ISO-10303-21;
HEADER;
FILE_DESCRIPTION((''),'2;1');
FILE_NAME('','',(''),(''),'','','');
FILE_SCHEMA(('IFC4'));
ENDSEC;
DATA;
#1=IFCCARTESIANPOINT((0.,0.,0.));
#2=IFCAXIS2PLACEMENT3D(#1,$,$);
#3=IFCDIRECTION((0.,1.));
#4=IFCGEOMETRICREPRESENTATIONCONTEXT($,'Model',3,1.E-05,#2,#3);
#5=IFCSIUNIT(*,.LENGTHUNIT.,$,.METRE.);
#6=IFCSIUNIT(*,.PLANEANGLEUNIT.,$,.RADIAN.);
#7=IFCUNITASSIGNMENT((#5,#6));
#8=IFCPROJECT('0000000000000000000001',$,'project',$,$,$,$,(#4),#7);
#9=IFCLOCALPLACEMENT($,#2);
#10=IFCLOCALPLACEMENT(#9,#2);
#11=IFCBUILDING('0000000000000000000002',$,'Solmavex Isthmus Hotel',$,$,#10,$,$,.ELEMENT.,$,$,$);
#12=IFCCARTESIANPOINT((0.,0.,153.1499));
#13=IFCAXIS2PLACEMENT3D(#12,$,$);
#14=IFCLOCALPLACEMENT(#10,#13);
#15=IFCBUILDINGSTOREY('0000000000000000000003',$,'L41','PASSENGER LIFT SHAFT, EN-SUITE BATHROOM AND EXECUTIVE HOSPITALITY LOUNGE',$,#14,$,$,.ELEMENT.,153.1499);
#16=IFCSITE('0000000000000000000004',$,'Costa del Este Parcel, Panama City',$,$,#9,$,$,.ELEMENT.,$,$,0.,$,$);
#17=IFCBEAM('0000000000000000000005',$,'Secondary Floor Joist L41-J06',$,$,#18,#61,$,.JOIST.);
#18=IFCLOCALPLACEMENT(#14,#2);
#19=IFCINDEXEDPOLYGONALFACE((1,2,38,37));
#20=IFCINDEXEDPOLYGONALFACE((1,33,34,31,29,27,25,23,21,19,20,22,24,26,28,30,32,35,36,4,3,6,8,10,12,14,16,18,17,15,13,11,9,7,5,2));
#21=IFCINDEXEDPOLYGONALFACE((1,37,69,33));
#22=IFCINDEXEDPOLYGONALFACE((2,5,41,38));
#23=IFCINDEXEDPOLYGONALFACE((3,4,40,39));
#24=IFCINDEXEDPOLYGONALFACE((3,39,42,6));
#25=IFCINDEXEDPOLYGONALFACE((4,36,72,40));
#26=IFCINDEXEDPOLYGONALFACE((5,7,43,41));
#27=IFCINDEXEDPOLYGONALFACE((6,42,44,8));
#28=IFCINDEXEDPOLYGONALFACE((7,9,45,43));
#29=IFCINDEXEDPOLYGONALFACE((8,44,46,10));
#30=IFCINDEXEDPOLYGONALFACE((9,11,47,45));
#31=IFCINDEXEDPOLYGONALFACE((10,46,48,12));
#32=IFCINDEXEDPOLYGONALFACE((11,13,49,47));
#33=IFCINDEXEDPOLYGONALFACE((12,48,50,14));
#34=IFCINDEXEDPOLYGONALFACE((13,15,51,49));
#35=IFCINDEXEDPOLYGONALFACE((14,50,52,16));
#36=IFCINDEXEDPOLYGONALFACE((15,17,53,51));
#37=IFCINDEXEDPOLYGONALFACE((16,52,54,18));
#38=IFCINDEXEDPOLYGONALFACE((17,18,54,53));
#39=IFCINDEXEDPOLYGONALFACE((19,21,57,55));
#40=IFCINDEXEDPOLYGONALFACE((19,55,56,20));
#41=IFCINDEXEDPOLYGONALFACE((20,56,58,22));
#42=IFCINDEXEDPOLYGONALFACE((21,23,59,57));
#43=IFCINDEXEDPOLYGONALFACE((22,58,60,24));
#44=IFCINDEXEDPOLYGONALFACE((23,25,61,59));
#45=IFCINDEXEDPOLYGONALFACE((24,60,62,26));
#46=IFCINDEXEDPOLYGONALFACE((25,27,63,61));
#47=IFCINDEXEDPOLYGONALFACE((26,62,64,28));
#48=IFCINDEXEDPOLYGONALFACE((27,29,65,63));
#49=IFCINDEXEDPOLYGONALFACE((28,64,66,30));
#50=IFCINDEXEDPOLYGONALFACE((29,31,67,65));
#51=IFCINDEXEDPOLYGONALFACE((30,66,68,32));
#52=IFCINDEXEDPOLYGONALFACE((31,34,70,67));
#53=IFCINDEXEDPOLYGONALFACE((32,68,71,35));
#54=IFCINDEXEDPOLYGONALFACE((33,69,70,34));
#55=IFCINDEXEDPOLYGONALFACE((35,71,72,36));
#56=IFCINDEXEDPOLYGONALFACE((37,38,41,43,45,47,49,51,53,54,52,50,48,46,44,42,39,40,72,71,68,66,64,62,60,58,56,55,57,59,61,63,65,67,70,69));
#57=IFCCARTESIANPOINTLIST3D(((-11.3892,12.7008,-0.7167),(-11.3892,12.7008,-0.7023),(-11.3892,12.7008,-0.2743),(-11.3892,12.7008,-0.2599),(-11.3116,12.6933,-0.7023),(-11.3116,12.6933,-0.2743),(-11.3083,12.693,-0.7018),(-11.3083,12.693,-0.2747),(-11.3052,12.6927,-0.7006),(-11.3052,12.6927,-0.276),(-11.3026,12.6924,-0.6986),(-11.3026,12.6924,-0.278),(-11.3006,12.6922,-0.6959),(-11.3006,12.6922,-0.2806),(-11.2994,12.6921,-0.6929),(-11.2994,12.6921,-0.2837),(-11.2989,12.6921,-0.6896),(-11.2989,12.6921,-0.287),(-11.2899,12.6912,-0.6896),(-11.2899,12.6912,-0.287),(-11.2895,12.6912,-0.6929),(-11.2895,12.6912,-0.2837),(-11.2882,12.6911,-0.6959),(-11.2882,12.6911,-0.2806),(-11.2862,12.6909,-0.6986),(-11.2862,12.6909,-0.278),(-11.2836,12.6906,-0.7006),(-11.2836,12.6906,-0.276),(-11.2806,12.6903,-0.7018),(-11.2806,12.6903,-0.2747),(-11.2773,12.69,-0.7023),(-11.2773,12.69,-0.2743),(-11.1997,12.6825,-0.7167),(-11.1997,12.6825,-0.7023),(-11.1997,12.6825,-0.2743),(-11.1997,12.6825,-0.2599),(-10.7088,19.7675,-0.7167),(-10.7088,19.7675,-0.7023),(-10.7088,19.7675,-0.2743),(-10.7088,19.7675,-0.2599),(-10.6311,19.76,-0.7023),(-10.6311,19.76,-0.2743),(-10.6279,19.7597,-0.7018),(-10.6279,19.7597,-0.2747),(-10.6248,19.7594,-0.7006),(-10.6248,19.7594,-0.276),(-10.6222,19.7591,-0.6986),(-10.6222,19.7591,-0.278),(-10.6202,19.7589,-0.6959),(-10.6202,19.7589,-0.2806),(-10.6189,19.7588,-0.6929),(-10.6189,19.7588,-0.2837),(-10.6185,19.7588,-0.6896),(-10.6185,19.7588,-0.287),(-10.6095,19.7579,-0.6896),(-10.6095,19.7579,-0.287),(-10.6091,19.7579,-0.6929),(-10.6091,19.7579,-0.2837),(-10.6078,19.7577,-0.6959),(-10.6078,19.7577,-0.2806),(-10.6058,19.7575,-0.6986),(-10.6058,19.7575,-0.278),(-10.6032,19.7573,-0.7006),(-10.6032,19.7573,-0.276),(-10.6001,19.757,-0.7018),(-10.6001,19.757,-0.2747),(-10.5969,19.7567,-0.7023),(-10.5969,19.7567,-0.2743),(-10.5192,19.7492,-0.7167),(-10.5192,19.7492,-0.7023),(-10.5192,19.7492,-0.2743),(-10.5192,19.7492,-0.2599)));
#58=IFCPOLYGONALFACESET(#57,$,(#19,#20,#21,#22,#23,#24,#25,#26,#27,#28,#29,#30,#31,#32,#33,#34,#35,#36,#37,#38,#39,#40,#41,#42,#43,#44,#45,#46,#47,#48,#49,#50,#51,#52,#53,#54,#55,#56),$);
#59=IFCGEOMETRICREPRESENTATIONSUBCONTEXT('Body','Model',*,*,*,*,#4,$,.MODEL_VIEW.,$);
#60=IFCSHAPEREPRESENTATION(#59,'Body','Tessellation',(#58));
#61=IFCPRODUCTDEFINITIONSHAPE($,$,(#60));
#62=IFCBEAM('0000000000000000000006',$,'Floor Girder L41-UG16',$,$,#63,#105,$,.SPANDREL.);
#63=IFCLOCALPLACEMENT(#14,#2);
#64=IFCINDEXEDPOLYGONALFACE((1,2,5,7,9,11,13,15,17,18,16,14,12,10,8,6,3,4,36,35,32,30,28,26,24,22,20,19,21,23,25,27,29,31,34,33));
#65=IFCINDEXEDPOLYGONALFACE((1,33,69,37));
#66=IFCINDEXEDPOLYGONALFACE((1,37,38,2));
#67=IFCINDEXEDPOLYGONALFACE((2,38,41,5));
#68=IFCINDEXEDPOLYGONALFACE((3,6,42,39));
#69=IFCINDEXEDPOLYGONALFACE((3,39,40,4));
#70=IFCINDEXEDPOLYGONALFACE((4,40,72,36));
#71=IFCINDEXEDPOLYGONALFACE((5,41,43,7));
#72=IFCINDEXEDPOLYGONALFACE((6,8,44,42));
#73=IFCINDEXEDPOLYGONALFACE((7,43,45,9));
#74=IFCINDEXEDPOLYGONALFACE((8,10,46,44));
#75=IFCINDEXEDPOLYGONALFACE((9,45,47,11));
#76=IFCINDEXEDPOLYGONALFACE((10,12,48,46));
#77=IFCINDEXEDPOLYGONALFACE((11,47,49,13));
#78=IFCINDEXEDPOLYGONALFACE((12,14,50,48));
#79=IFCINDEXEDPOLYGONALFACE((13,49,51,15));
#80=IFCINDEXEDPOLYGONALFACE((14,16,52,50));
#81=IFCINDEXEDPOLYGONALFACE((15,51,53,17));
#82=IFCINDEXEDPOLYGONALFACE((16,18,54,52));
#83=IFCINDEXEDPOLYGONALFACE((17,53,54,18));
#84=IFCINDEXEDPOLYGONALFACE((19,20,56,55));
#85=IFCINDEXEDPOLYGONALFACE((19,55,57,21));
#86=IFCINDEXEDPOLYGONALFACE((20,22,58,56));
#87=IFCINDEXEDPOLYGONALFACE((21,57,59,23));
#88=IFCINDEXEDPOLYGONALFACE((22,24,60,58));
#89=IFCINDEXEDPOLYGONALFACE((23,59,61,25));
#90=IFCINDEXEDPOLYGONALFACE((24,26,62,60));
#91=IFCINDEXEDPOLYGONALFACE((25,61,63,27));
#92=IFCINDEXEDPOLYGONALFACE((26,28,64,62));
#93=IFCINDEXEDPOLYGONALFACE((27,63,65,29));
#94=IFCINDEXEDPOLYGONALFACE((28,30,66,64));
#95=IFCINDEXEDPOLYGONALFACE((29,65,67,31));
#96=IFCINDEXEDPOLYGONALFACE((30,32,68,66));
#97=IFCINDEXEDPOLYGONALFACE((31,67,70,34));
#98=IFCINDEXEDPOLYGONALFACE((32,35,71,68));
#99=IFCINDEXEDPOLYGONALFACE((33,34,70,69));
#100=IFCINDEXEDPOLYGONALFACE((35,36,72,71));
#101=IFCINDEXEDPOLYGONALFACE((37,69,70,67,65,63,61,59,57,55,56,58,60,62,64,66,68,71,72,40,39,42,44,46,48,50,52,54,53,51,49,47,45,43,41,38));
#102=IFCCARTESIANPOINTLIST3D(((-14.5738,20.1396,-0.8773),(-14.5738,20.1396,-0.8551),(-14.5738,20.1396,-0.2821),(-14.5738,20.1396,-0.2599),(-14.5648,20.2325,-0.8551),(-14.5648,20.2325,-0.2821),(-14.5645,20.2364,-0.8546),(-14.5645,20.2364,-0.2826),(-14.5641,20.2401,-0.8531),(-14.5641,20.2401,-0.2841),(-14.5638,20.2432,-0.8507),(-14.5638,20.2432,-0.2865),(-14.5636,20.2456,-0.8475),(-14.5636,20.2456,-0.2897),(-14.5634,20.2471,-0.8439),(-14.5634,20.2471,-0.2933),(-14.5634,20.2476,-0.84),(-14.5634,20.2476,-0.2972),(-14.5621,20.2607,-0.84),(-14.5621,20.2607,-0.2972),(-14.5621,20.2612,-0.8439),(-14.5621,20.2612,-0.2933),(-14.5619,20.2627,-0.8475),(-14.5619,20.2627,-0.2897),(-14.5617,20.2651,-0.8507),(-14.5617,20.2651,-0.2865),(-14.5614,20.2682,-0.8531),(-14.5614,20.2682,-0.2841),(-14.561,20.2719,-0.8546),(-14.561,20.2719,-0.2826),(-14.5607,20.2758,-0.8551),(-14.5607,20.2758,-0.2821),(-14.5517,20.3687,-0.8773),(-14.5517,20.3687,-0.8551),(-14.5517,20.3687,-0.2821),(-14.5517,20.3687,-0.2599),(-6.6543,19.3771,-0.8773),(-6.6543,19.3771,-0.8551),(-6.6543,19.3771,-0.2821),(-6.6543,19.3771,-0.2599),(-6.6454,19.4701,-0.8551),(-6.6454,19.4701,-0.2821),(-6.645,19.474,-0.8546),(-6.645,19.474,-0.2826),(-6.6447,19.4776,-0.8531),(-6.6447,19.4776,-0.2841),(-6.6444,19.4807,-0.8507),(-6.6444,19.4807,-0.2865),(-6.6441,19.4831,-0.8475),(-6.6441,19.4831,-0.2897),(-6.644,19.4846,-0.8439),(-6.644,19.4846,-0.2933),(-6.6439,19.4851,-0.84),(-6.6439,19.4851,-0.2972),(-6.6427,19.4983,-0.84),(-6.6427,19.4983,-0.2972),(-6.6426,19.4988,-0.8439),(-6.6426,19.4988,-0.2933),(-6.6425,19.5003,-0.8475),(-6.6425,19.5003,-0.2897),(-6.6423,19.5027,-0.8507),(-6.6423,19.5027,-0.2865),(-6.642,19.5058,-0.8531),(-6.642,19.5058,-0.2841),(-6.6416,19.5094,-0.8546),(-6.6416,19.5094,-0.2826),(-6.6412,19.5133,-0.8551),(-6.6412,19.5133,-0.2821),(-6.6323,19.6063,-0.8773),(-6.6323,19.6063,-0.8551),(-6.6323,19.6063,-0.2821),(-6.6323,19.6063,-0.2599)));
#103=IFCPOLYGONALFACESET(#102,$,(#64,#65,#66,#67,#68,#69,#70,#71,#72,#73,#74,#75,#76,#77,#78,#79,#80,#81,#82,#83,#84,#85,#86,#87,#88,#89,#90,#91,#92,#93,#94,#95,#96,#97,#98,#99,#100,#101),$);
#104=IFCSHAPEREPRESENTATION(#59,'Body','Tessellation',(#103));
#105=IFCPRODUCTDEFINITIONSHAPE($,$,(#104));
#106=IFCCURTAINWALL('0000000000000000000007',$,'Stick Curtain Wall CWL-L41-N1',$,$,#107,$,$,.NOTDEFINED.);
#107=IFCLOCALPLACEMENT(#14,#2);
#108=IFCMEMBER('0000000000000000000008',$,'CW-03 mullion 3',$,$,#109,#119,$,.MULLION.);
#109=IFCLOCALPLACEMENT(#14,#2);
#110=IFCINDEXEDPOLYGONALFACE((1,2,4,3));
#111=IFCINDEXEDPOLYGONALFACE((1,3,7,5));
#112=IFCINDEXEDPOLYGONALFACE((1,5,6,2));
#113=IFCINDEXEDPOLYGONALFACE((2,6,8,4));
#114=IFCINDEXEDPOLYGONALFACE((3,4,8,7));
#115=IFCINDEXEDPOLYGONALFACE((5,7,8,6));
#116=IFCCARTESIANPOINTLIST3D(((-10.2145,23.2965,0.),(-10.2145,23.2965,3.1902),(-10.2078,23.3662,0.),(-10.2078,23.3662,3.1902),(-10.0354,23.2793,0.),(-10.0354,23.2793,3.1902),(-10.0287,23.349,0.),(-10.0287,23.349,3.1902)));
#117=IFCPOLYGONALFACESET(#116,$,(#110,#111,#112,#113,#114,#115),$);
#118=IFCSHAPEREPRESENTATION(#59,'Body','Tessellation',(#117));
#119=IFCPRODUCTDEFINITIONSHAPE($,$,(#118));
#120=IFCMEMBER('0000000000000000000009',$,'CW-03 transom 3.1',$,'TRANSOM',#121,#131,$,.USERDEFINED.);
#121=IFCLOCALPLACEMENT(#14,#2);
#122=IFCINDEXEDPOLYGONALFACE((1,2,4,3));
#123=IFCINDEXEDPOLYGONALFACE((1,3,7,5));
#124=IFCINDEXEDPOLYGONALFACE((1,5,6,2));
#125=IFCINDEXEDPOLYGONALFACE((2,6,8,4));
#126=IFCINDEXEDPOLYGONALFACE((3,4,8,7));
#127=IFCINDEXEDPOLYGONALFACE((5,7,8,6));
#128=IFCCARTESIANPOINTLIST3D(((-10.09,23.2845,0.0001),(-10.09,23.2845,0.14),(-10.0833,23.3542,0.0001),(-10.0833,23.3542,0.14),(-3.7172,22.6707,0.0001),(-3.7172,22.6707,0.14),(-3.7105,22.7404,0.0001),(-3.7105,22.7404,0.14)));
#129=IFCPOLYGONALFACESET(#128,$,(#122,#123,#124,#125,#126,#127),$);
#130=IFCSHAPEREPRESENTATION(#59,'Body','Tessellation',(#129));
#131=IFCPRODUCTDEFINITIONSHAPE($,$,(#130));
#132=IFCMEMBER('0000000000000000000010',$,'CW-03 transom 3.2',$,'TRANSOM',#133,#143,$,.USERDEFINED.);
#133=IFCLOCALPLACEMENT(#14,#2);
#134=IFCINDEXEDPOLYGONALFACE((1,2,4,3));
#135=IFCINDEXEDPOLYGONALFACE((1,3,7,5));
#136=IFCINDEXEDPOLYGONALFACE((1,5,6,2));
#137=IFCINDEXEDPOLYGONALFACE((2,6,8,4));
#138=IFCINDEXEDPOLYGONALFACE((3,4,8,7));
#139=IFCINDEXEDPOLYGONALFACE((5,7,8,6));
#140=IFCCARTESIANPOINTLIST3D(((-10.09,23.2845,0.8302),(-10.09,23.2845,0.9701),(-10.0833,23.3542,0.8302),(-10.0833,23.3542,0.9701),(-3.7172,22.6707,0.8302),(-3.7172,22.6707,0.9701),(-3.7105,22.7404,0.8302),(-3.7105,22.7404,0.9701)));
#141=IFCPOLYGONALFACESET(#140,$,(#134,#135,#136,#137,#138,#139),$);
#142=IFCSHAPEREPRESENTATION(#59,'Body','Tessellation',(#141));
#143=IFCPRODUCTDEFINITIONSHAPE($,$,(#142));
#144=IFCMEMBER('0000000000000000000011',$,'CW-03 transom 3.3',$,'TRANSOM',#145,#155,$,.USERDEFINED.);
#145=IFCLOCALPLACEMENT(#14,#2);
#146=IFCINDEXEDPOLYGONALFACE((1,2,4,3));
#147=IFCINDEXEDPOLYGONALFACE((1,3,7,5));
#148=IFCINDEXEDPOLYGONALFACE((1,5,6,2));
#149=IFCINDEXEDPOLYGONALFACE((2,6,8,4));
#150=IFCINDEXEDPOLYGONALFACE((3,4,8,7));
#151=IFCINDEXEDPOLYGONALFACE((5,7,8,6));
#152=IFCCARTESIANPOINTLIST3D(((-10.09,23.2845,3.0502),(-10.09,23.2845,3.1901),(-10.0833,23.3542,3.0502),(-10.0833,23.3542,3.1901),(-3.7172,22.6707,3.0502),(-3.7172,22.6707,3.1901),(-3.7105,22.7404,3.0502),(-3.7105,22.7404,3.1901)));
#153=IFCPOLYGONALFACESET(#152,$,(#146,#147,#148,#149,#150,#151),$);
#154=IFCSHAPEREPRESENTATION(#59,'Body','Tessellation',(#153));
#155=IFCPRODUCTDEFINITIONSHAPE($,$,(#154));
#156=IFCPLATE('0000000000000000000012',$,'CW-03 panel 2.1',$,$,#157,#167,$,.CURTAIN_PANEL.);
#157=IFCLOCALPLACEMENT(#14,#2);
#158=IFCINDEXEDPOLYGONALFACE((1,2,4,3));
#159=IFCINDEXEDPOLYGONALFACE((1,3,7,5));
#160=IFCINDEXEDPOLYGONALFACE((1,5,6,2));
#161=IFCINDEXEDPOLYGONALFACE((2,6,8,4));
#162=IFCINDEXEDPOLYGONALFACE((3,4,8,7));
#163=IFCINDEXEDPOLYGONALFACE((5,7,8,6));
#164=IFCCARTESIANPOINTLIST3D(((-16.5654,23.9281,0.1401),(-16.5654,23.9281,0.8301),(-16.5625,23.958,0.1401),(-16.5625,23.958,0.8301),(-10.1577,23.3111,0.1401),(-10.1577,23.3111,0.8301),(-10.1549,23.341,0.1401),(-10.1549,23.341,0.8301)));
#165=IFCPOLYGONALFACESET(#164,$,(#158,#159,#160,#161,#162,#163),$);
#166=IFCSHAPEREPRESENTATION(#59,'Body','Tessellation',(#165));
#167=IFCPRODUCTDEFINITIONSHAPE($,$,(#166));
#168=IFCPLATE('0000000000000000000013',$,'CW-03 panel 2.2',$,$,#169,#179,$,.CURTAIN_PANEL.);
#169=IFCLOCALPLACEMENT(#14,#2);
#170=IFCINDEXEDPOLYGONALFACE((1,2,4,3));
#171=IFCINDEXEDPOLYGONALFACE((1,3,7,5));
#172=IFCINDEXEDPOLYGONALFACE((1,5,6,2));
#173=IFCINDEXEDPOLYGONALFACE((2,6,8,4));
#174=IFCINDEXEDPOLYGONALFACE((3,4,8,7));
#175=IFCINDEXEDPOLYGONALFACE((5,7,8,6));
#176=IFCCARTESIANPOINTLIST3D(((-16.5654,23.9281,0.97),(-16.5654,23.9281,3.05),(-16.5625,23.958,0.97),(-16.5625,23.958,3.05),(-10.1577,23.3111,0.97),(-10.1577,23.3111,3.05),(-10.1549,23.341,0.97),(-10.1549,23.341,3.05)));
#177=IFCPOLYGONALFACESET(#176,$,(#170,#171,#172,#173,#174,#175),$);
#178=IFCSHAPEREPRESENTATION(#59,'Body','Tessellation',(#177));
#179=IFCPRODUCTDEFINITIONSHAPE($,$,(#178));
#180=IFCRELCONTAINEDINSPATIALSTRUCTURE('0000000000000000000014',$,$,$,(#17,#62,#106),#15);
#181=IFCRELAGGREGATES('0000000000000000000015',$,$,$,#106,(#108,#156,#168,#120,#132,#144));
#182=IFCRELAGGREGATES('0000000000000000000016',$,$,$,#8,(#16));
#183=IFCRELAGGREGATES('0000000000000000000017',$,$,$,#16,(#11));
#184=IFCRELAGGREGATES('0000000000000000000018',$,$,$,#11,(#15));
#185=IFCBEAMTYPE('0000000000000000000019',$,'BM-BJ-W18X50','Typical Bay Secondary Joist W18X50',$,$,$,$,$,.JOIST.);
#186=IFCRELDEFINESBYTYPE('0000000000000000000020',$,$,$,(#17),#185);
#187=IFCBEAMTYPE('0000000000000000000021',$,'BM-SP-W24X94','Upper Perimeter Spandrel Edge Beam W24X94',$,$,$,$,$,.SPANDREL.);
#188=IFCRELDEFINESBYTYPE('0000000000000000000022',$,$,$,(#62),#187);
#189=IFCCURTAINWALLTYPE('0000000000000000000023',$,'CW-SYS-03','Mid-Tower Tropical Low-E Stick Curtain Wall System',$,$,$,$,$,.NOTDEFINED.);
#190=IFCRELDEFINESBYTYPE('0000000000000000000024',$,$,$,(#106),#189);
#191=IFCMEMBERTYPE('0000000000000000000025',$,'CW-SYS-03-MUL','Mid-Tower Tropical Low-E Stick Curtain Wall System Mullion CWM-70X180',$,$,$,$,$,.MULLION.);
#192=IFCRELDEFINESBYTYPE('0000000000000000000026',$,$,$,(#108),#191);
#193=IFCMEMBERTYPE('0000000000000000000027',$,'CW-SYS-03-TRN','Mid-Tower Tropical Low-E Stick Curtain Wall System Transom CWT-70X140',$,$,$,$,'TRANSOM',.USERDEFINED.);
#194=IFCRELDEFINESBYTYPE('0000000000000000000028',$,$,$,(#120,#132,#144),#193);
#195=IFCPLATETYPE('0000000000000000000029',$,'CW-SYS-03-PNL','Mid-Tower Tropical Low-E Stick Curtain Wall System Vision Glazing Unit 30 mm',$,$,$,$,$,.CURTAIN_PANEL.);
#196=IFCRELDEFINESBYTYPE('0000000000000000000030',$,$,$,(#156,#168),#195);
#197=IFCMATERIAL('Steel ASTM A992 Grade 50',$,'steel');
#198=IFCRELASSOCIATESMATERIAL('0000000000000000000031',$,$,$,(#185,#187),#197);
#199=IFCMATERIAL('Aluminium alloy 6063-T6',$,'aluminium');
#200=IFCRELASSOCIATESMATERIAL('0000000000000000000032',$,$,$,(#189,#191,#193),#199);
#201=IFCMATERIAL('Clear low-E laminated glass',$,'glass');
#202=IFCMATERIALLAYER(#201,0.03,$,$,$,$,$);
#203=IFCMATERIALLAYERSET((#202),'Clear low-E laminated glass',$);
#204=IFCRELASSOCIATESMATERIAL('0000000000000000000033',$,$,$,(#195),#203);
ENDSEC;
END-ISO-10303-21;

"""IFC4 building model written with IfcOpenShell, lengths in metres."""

from ifc_helpers import new_model, si_unit, direction, frame, origin, origin_2d, place, context, subcontext, project, spatial, rectangle, i_section, extrude, material, layer, layer_set, material_profile, profile_set, type_object, element, aggregate, save


model = new_model("IFC4")

# Units and contexts
model_context = context("Model", 3, precision=1e-05, world=origin(), true_north=direction((0.0, 1.0)))
body_context = subcontext(model_context, "Body", "Model", "MODEL_VIEW")
ifc_project = project(units=[si_unit("LENGTHUNIT", "METRE"), si_unit("PLANEANGLEUNIT", "RADIAN")], contexts=[model_context])

# Site, building, storey
site_placement = place(None, origin())
site = spatial("IfcSite", under=ifc_project, at=site_placement, Name="Costa del Este Parcel, Panama City", CompositionType="ELEMENT", RefElevation=0.0)
building_placement = place(site_placement, origin())
building = spatial("IfcBuilding", under=site, at=building_placement, Name="Solmavex Isthmus Hotel", CompositionType="ELEMENT")
storey_placement = place(building_placement, frame((0.0, 0.0, 153.1499)))
storey = spatial("IfcBuildingStorey", under=building, at=storey_placement, Name="L41", Description="PASSENGER LIFT SHAFT, EN-SUITE BATHROOM AND EXECUTIVE HOSPITALITY LOUNGE", CompositionType="ELEMENT", Elevation=153.1499)

# Beams
ifc_material_1 = material(Name="Steel ASTM A992 Grade 50", Category="steel")
ifc_material_profile_1 = material_profile(ifc_material_1, i_section(OverallWidth=0.1904, OverallDepth=0.4568, WebThickness=0.009, FlangeThickness=0.0144, FilletRadius=0.0127, at=origin_2d()), Name="W18X50")
ifc_profile_set_1 = profile_set([ifc_material_profile_1], Name="Steel ASTM A992 Grade 50")
beam_type_1 = type_object("IfcBeamType", Name="BM-BJ-W18X50", Description="Typical Bay Secondary Joist W18X50", PredefinedType="JOIST", material=ifc_profile_set_1)
beam_1_placement = place(storey_placement, frame((-11.2944, 12.6917, -0.4883), z_axis=(0.095843, 0.995396, 0.0), x_axis=(-0.995396, 0.095843, 0.0)))
element("IfcBeam", 1, at=beam_1_placement, inside=storey, type_object=beam_type_1, Name="Secondary Floor Joist L41-J06", PredefinedType="JOIST", context=body_context, shape_type="SweptSolid", body=[
    extrude(i_section(OverallWidth=0.1904, OverallDepth=0.4568, WebThickness=0.009, FlangeThickness=0.0144, FilletRadius=0.0127, at=origin_2d()), origin(), (0.0, 0.0, 1.0), 7.0994),
])
ifc_material_profile_2 = material_profile(ifc_material_1, i_section(OverallWidth=0.2302, OverallDepth=0.6174, WebThickness=0.0132, FlangeThickness=0.0222, FilletRadius=0.0151, at=origin_2d()), Name="W24X94")
ifc_profile_set_2 = profile_set([ifc_material_profile_2], Name="Steel ASTM A992 Grade 50")
beam_type_2 = type_object("IfcBeamType", Name="BM-SP-W24X94", Description="Upper Perimeter Spandrel Edge Beam W24X94", PredefinedType="SPANDREL", material=ifc_profile_set_2)
beam_2_placement = place(storey_placement, frame((-14.5627, 20.2542, -0.5686), z_axis=(0.995397, -0.095833, 0.0), x_axis=(0.095833, 0.995397, 0.0)))
element("IfcBeam", 2, at=beam_2_placement, inside=storey, type_object=beam_type_2, Name="Floor Girder L41-UG16", PredefinedType="SPANDREL", context=body_context, shape_type="SweptSolid", body=[
    extrude(i_section(OverallWidth=0.2302, OverallDepth=0.6174, WebThickness=0.0132, FlangeThickness=0.0222, FilletRadius=0.0151, at=origin_2d()), origin(), (0.0, 0.0, 1.0), 7.9561),
])

# Curtain wall, members, plates
ifc_material_2 = material(Name="Aluminium alloy 6063-T6", Category="aluminium")
curtain_wall_type = type_object("IfcCurtainWallType", Name="CW-SYS-03", Description="Mid-Tower Tropical Low-E Stick Curtain Wall System", PredefinedType="NOTDEFINED", material=ifc_material_2)
curtain_wall_placement = place(storey_placement, origin())
curtain_wall = element("IfcCurtainWall", 3, at=curtain_wall_placement, inside=storey, type_object=curtain_wall_type, Name="Stick Curtain Wall CWL-L41-N1", PredefinedType="NOTDEFINED")
ifc_material_profile_3 = material_profile(ifc_material_2, rectangle(XDim=0.0701, YDim=0.1799, at=origin_2d()), Name="CWM-70X180")
ifc_profile_set_3 = profile_set([ifc_material_profile_3], Name="Aluminium alloy 6063-T6")
member_type_1 = type_object("IfcMemberType", Name="CW-SYS-03-MUL", Description="Mid-Tower Tropical Low-E Stick Curtain Wall System Mullion CWM-70X180", PredefinedType="MULLION", material=ifc_profile_set_3)
member_1_placement = place(storey_placement, frame((-10.1216, 23.3228, 0.0), z_axis=(0.0, 0.0, 1.0), x_axis=(0.095846, 0.995396, 0.0)))
member_1 = element("IfcMember", 4, at=member_1_placement, type_object=member_type_1, Name="CW-03 mullion 3", PredefinedType="MULLION", context=body_context, shape_type="SweptSolid", body=[
    extrude(rectangle(XDim=0.0701, YDim=0.1799, at=origin_2d()), origin(), (0.0, 0.0, 1.0), 3.1902),
])
ifc_material_profile_4 = material_profile(ifc_material_2, rectangle(XDim=0.0701, YDim=0.1399, at=origin_2d()), Name="CWT-70X140")
ifc_profile_set_4 = profile_set([ifc_material_profile_4], Name="Aluminium alloy 6063-T6")
member_type_2 = type_object("IfcMemberType", Name="CW-SYS-03-TRN", Description="Mid-Tower Tropical Low-E Stick Curtain Wall System Transom CWT-70X140", ElementType="TRANSOM", PredefinedType="USERDEFINED", material=ifc_profile_set_4)
member_2_placement = place(storey_placement, frame((-10.0867, 23.3193, 0.0701), z_axis=(0.995394, -0.095867, 0.0), x_axis=(0.095867, 0.995394, 0.0)))
member_2 = element("IfcMember", 5, at=member_2_placement, type_object=member_type_2, Name="CW-03 transom 3.1", ObjectType="TRANSOM", PredefinedType="USERDEFINED", context=body_context, shape_type="SweptSolid", body=[
    extrude(rectangle(XDim=0.0701, YDim=0.1399, at=origin_2d()), origin(), (0.0, 0.0, 1.0), 6.4023),
])
member_3_placement = place(storey_placement, frame((-10.0867, 23.3193, 0.9001), z_axis=(0.995394, -0.095867, 0.0), x_axis=(0.095867, 0.995394, 0.0)))
member_3 = element("IfcMember", 6, at=member_3_placement, type_object=member_type_2, Name="CW-03 transom 3.2", ObjectType="TRANSOM", PredefinedType="USERDEFINED", context=body_context, shape_type="SweptSolid", body=[
    extrude(rectangle(XDim=0.0701, YDim=0.1399, at=origin_2d()), origin(), (0.0, 0.0, 1.0), 6.4023),
])
member_4_placement = place(storey_placement, frame((-10.0867, 23.3193, 3.1201), z_axis=(0.995394, -0.095867, 0.0), x_axis=(0.095867, 0.995394, 0.0)))
member_4 = element("IfcMember", 7, at=member_4_placement, type_object=member_type_2, Name="CW-03 transom 3.3", ObjectType="TRANSOM", PredefinedType="USERDEFINED", context=body_context, shape_type="SweptSolid", body=[
    extrude(rectangle(XDim=0.0701, YDim=0.1399, at=origin_2d()), origin(), (0.0, 0.0, 1.0), 6.4023),
])
ifc_material_3 = material(Name="Clear low-E laminated glass", Category="glass")
ifc_layer_1 = layer(ifc_material_3, 0.03)
ifc_layer_set_1 = layer_set([ifc_layer_1], Name="Clear low-E laminated glass")
plate_type = type_object("IfcPlateType", Name="CW-SYS-03-PNL", Description="Mid-Tower Tropical Low-E Stick Curtain Wall System Vision Glazing Unit 30 mm", PredefinedType="CURTAIN_PANEL", material=ifc_layer_set_1)
plate_1_placement = place(storey_placement, frame((-13.3601, 23.6345, 0.1401), z_axis=(0.0, 0.0, 1.0), x_axis=(0.995396, -0.095846, 0.0)))
plate_1 = element("IfcPlate", 8, at=plate_1_placement, type_object=plate_type, Name="CW-03 panel 2.1", PredefinedType="CURTAIN_PANEL", context=body_context, shape_type="SweptSolid", body=[
    extrude(rectangle(XDim=6.4373, YDim=0.03, at=origin_2d()), origin(), (0.0, 0.0, 1.0), 0.6899),
])
plate_2_placement = place(storey_placement, frame((-13.3601, 23.6345, 0.97), z_axis=(0.0, 0.0, 1.0), x_axis=(0.995396, -0.095846, 0.0)))
plate_2 = element("IfcPlate", 9, at=plate_2_placement, type_object=plate_type, Name="CW-03 panel 2.2", PredefinedType="CURTAIN_PANEL", context=body_context, shape_type="SweptSolid", body=[
    extrude(rectangle(XDim=6.4373, YDim=0.03, at=origin_2d()), origin(), (0.0, 0.0, 1.0), 2.0801),
])
aggregate(curtain_wall, [member_1, plate_1, plate_2, member_2, member_3, member_4])

save(model, "model.ifc")
